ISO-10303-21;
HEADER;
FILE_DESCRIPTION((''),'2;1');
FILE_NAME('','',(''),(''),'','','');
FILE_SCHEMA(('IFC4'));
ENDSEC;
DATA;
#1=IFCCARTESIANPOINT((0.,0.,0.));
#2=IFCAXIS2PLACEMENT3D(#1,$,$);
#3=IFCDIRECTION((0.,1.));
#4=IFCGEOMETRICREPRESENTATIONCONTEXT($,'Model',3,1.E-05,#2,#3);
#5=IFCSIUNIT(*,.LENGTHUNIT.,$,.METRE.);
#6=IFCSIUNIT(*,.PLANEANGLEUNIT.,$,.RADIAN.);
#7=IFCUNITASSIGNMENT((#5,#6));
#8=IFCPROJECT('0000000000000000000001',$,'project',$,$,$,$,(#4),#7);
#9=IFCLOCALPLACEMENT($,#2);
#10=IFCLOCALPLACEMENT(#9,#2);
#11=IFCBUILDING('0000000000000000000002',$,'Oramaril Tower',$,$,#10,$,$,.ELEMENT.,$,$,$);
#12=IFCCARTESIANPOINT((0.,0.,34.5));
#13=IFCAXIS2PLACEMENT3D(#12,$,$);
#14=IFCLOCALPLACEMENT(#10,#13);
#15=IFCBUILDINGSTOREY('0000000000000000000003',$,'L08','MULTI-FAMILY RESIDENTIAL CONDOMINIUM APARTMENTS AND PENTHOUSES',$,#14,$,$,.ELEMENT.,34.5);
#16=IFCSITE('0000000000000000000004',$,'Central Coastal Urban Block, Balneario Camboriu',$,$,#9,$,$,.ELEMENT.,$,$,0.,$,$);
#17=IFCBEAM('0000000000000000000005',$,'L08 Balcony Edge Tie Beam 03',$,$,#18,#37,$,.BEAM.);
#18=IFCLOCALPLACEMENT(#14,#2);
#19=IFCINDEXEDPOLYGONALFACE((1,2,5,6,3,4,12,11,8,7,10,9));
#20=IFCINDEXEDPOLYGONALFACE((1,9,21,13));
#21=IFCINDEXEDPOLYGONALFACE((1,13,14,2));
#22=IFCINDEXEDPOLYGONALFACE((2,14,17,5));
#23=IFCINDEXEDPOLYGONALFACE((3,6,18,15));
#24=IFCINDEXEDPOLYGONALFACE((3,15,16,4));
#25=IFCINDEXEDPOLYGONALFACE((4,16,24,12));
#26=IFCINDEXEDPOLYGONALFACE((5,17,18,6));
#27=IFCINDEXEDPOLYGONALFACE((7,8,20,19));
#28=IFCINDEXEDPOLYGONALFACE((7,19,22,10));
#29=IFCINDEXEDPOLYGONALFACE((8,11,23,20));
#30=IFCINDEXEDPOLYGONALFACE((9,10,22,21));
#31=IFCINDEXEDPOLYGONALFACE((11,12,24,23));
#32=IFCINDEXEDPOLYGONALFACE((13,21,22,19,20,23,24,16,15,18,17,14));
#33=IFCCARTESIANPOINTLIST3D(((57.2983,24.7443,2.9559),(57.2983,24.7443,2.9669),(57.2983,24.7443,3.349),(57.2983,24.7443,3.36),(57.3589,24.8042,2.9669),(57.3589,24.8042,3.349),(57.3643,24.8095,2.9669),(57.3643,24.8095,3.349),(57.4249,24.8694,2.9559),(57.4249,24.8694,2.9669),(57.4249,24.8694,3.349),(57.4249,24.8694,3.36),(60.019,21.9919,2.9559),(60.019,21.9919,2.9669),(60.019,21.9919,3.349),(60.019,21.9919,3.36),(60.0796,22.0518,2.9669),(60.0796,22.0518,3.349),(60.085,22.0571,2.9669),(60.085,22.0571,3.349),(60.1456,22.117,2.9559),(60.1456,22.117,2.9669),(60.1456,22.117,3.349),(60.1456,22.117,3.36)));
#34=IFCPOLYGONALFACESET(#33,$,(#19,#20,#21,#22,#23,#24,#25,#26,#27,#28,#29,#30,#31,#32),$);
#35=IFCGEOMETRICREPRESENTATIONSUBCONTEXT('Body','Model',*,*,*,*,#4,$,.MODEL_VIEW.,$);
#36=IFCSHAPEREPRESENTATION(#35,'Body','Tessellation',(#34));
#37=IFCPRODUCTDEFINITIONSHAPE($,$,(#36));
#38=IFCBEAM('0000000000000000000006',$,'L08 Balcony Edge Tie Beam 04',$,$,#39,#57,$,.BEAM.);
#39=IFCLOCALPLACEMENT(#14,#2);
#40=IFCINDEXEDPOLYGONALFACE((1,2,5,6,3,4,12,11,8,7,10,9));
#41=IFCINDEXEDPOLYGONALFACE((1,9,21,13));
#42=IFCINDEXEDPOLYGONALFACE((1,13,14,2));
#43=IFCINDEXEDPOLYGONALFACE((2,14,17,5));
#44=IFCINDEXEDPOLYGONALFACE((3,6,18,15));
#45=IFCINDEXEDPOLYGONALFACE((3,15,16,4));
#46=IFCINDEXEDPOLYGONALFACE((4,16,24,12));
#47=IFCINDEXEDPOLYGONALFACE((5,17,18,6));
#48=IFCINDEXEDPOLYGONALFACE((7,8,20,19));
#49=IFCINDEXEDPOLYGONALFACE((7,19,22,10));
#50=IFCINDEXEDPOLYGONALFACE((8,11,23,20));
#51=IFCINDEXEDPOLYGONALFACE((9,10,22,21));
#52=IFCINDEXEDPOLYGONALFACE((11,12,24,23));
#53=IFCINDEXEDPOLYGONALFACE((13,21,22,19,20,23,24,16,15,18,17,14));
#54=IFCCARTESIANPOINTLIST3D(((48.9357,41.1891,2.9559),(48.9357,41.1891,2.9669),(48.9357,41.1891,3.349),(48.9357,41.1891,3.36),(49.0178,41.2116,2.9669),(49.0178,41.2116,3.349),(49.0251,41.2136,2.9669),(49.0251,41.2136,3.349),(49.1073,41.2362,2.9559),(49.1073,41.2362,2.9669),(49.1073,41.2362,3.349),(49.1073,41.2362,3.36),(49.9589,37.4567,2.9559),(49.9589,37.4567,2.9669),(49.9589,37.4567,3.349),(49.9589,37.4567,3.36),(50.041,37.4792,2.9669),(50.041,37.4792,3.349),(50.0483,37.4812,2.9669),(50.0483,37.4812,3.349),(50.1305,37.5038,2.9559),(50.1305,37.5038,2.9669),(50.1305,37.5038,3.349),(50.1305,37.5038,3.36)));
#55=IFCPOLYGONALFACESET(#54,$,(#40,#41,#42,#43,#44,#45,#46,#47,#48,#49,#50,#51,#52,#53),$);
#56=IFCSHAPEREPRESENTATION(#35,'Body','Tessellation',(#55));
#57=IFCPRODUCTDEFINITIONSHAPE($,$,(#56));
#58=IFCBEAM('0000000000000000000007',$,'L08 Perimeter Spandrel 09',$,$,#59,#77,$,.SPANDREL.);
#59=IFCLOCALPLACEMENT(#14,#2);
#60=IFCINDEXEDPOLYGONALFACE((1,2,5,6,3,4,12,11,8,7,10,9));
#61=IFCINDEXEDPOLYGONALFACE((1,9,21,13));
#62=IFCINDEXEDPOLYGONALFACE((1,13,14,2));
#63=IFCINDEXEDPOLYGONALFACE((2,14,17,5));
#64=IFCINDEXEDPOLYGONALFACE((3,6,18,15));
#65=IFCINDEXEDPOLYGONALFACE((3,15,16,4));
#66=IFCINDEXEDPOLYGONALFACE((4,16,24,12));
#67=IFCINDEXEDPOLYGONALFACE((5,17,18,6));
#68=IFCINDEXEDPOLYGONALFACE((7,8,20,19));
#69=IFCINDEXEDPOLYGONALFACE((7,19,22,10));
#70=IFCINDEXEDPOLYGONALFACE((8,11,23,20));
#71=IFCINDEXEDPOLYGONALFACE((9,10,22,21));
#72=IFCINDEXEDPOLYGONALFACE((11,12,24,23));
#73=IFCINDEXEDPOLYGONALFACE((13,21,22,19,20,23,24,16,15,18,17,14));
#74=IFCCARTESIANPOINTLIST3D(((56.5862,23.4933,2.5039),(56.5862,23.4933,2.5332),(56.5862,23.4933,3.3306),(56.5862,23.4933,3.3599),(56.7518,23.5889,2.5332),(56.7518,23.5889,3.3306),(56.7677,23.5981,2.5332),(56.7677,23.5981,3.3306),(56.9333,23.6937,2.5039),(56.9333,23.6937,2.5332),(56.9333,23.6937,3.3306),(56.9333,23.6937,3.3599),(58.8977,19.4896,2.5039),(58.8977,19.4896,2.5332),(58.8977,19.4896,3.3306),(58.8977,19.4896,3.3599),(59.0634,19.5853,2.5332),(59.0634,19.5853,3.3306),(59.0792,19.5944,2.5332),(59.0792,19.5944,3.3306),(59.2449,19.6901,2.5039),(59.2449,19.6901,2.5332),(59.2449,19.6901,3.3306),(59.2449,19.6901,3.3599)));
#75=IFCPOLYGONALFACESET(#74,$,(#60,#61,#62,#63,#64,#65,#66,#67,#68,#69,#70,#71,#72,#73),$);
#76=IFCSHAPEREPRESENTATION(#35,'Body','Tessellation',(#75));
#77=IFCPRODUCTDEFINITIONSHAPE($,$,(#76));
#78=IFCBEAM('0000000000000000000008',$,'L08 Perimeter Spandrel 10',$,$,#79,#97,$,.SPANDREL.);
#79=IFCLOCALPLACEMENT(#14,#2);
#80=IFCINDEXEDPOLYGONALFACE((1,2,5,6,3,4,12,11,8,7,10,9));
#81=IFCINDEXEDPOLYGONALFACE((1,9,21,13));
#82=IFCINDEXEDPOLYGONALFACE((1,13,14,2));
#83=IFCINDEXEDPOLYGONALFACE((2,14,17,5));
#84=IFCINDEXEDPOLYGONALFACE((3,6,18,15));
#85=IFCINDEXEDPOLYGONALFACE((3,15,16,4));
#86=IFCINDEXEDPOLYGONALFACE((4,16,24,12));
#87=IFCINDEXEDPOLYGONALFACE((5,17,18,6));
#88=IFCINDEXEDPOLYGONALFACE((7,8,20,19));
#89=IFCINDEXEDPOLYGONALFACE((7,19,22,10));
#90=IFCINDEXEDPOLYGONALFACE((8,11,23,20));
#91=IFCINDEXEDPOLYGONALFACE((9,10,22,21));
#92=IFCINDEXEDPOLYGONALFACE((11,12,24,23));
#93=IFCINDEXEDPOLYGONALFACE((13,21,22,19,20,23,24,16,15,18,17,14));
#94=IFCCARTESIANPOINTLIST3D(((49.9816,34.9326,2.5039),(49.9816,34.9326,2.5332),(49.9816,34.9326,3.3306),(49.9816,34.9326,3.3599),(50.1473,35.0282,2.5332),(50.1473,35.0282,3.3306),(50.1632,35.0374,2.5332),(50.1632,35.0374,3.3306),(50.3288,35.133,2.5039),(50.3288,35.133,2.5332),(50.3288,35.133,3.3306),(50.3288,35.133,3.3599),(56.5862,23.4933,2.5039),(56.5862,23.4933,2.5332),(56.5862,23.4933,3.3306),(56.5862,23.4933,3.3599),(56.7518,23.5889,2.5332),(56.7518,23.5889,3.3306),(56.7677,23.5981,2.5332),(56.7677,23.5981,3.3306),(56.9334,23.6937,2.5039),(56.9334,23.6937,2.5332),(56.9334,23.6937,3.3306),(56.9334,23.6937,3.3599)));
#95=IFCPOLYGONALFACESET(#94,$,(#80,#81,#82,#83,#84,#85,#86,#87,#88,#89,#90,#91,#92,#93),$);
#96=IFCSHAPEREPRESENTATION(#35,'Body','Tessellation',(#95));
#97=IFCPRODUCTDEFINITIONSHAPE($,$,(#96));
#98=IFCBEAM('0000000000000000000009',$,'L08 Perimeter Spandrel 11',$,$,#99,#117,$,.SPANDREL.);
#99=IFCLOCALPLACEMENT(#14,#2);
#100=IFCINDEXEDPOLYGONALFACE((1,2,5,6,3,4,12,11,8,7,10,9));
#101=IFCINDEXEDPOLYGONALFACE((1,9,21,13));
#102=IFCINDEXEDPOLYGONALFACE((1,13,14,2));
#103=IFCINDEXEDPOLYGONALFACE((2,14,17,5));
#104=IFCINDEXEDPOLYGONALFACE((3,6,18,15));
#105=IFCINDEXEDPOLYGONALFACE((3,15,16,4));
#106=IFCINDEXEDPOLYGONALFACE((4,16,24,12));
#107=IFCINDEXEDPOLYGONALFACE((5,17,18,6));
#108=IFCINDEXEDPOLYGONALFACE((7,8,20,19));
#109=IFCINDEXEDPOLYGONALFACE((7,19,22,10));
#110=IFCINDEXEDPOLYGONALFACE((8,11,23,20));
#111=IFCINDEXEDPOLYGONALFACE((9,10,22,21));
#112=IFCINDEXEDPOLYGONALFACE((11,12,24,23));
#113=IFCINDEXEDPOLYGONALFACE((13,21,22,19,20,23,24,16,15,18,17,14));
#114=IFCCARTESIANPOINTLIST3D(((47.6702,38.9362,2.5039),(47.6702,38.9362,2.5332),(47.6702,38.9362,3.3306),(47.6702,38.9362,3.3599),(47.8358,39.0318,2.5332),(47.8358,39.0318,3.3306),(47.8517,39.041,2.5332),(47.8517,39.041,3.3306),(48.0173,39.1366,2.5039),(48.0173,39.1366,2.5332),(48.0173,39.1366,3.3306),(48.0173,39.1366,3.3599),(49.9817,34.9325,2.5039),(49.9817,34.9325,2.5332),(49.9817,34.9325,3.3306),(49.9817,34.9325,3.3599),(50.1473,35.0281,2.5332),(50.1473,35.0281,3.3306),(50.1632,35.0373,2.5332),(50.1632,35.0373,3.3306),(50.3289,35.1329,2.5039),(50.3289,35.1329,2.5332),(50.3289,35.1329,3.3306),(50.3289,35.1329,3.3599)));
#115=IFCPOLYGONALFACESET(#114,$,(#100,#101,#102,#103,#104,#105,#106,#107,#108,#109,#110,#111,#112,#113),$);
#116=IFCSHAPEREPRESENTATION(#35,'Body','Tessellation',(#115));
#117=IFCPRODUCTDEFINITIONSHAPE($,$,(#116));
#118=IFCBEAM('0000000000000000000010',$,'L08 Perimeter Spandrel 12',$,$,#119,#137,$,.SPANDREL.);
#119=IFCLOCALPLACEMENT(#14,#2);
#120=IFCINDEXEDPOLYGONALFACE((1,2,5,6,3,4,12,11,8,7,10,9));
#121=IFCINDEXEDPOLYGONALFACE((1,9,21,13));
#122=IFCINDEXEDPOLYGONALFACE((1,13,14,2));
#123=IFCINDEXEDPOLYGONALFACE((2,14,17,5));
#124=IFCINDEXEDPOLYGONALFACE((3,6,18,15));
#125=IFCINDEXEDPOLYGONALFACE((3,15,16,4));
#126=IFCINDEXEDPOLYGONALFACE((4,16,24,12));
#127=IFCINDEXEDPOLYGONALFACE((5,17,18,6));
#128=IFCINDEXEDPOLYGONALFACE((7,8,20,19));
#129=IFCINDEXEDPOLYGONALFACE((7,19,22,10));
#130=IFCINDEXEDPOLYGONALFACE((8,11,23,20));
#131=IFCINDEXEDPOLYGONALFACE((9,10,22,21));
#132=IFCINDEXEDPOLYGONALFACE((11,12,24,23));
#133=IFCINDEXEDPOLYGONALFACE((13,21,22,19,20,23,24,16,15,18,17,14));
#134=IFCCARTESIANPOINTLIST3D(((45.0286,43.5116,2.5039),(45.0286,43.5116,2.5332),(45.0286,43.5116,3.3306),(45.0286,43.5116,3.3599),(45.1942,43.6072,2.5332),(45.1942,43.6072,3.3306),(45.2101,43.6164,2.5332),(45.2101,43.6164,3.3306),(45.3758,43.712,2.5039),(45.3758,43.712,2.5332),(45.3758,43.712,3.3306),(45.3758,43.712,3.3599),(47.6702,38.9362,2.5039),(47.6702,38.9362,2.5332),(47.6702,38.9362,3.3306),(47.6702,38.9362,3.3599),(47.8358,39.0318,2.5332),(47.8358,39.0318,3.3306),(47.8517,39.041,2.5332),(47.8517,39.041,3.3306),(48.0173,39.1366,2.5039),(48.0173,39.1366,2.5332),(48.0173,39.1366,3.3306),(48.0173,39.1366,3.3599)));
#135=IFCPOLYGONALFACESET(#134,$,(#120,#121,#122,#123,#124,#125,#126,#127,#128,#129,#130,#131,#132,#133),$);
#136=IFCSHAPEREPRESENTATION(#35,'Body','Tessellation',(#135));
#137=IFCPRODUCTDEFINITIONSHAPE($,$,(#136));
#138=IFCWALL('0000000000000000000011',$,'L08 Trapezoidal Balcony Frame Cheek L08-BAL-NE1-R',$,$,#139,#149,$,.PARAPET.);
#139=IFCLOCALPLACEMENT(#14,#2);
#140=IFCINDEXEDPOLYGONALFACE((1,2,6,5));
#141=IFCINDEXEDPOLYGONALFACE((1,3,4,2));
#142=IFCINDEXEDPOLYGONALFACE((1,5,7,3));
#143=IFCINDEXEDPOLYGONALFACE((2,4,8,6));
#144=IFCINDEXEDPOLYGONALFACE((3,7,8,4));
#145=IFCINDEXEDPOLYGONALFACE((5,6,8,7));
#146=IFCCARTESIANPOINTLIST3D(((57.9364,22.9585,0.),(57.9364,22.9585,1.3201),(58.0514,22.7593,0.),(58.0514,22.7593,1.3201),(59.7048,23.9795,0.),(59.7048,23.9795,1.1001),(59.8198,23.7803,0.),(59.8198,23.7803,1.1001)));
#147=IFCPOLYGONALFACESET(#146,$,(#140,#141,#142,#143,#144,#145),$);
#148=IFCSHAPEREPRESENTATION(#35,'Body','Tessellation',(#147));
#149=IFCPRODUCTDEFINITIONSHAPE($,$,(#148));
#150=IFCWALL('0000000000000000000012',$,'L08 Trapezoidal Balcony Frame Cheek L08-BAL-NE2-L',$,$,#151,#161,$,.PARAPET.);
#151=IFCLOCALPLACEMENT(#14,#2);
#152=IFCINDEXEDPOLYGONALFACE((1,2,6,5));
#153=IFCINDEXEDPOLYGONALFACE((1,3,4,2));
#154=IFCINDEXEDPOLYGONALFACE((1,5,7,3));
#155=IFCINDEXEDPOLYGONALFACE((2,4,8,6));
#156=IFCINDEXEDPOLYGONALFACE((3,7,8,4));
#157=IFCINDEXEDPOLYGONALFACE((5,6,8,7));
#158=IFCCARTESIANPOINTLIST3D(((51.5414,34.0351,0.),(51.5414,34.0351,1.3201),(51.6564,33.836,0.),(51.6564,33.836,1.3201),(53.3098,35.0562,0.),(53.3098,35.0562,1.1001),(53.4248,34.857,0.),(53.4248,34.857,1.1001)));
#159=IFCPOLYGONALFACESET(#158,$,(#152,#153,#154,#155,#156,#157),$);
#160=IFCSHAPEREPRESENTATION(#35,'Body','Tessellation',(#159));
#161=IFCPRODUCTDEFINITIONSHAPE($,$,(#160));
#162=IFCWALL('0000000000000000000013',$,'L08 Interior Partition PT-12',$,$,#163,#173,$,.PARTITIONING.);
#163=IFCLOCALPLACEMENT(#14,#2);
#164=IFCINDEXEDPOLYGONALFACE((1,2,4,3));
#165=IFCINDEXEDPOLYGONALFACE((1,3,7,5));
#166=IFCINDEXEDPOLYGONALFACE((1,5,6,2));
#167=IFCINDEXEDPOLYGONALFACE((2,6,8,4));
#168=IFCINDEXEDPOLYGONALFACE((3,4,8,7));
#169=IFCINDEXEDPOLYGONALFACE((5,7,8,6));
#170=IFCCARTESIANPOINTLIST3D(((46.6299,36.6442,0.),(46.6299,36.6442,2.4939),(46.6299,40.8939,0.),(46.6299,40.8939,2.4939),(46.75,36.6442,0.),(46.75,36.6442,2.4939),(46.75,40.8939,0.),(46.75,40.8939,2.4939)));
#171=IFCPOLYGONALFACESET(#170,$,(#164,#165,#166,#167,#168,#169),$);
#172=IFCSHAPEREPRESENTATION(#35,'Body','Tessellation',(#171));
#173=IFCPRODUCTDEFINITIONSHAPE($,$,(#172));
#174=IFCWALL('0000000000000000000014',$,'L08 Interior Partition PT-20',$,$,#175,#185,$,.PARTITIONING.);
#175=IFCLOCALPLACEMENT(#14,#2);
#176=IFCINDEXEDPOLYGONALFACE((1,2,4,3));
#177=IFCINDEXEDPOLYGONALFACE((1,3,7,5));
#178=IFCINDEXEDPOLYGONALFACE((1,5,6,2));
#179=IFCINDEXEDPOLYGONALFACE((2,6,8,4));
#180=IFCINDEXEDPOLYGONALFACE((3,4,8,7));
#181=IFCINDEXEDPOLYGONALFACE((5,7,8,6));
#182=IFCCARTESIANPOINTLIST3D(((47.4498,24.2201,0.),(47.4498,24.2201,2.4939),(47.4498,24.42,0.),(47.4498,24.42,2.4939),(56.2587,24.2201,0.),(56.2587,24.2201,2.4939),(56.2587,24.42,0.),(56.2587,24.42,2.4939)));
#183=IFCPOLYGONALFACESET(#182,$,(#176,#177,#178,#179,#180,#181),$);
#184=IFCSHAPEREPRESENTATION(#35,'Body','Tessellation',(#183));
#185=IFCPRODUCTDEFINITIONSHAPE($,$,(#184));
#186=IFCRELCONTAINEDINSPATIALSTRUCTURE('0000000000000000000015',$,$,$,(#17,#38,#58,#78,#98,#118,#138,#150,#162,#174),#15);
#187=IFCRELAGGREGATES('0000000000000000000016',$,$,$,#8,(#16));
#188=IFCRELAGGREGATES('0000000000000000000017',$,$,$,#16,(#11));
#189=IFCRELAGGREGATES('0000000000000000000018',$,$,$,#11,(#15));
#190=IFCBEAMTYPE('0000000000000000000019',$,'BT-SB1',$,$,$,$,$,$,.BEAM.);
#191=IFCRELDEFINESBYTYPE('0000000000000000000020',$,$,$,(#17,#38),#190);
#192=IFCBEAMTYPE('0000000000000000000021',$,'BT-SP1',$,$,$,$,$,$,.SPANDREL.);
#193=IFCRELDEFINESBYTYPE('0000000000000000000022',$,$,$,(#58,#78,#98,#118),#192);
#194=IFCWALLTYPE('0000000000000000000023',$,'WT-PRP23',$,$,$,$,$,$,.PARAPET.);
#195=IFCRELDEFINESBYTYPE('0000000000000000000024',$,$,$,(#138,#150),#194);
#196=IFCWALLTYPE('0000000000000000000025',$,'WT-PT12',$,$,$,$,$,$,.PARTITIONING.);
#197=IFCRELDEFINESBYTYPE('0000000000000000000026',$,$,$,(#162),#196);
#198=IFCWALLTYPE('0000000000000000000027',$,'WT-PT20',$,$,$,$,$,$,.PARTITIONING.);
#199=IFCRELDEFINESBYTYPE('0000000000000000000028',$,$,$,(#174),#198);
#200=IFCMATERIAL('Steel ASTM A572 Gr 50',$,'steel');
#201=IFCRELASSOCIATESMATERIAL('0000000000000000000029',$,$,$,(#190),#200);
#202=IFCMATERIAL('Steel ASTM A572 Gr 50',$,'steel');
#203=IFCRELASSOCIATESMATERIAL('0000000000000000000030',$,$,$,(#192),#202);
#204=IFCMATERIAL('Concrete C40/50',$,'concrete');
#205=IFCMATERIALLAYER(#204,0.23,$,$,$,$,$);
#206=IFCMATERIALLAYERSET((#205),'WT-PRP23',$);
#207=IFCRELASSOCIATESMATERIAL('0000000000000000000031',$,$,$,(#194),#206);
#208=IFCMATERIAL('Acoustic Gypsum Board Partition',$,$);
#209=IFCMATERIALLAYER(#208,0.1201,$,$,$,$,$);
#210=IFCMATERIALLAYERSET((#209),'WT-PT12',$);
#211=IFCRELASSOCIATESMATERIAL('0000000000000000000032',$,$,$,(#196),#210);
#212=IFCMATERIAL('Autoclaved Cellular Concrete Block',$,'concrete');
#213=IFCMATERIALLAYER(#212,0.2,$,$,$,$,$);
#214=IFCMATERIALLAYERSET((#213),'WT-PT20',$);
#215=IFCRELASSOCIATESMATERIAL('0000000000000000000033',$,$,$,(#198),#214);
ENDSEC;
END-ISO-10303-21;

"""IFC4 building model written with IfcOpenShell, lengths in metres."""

from ifc_helpers import new_model, si_unit, direction, frame, frame_2d, origin, origin_2d, place, context, subcontext, project, spatial, polyline, rectangle, i_section, outline, extrude, material, layer, layer_set, material_profile, profile_set, type_object, element, save


model = new_model("IFC4")

# Units and contexts
model_context = context("Model", 3, precision=1e-05, world=origin(), true_north=direction((0.0, 1.0)))
body_context = subcontext(model_context, "Body", "Model", "MODEL_VIEW")
ifc_project = project(units=[si_unit("LENGTHUNIT", "METRE"), si_unit("PLANEANGLEUNIT", "RADIAN")], contexts=[model_context])

# Site, building, storey
site_placement = place(None, origin())
site = spatial("IfcSite", under=ifc_project, at=site_placement, Name="Central Coastal Urban Block, Balneario Camboriu", CompositionType="ELEMENT", RefElevation=0.0)
building_placement = place(site_placement, origin())
building = spatial("IfcBuilding", under=site, at=building_placement, Name="Oramaril Tower", CompositionType="ELEMENT")
storey_placement = place(building_placement, frame((0.0, 0.0, 34.5)))
storey = spatial("IfcBuildingStorey", under=building, at=storey_placement, Name="L08", Description="MULTI-FAMILY RESIDENTIAL CONDOMINIUM APARTMENTS AND PENTHOUSES", CompositionType="ELEMENT", Elevation=34.5)

# Beams
ifc_material_1 = material(Name="Steel ASTM A572 Gr 50", Category="steel")
ifc_material_profile_1 = material_profile(ifc_material_1, i_section(OverallWidth=0.178, OverallDepth=0.4041, WebThickness=0.0076, FlangeThickness=0.011, at=origin_2d()), Name="W16X36")
ifc_profile_set_1 = profile_set([ifc_material_profile_1], Name="Steel ASTM A572 Gr 50")
beam_type_1 = type_object("IfcBeamType", Name="BT-SB1", PredefinedType="BEAM", material=ifc_profile_set_1)
for number, where, z_axis, x_axis, name in (
    (1, (60.0823, 22.0544, 3.158), (-0.702995, 0.711195, 0.0), (-0.711195, -0.702995, 0.0), "L08 Balcony Edge Tie Beam 03"),
    (2, (50.0447, 37.4802, 3.158), (-0.264382, 0.964418, 0.0), (-0.964418, -0.264382, 0.0), "L08 Balcony Edge Tie Beam 04"),
):
    element("IfcBeam", number, at=place(storey_placement, frame(where, z_axis=z_axis, x_axis=x_axis)), inside=storey, type_object=beam_type_1, Name=name, PredefinedType="BEAM", context=body_context, shape_type="SweptSolid", body=[
        extrude(i_section(OverallWidth=0.178, OverallDepth=0.4041, WebThickness=0.0076, FlangeThickness=0.011, at=origin_2d()), origin(), (0.0, 0.0, 1.0), 3.8701),
    ])
ifc_material_2 = material(Name="Steel ASTM A572 Gr 50", Category="steel")
ifc_material_profile_2 = material_profile(ifc_material_2, i_section(OverallWidth=0.4009, OverallDepth=0.856, WebThickness=0.0183, FlangeThickness=0.0293, at=origin_2d()), Name="W33X201")
ifc_profile_set_2 = profile_set([ifc_material_profile_2], Name="Steel ASTM A572 Gr 50")
beam_type_2 = type_object("IfcBeamType", Name="BT-SP1", PredefinedType="SPANDREL", material=ifc_profile_set_2)
beam_1_placement = place(storey_placement, frame((59.0713, 19.5898, 2.9319), z_axis=(-0.500001, 0.866025, 0.0), x_axis=(-0.866025, -0.500001, 0.0)))
element("IfcBeam", 3, at=beam_1_placement, inside=storey, type_object=beam_type_2, Name="L08 Perimeter Spandrel 09", PredefinedType="SPANDREL", context=body_context, shape_type="SweptSolid", body=[
    extrude(i_section(OverallWidth=0.4009, OverallDepth=0.856, WebThickness=0.0183, FlangeThickness=0.0293, at=origin_2d()), origin(), (0.0, 0.0, 1.0), 4.623),
])
beam_2_placement = place(storey_placement, frame((56.7598, 23.5935, 2.9319), z_axis=(-0.500004, 0.866023, 0.0), x_axis=(-0.866023, -0.500004, 0.0)))
element("IfcBeam", 4, at=beam_2_placement, inside=storey, type_object=beam_type_2, Name="L08 Perimeter Spandrel 10", PredefinedType="SPANDREL", context=body_context, shape_type="SweptSolid", body=[
    extrude(i_section(OverallWidth=0.4009, OverallDepth=0.856, WebThickness=0.0183, FlangeThickness=0.0293, at=origin_2d()), origin(), (0.0, 0.0, 1.0), 13.209),
])
beam_3_placement = place(storey_placement, frame((50.1553, 35.0327, 2.9319), z_axis=(-0.500001, 0.866025, 0.0), x_axis=(-0.866025, -0.500001, 0.0)))
element("IfcBeam", 5, at=beam_3_placement, inside=storey, type_object=beam_type_2, Name="L08 Perimeter Spandrel 11", PredefinedType="SPANDREL", context=body_context, shape_type="SweptSolid", body=[
    extrude(i_section(OverallWidth=0.4009, OverallDepth=0.856, WebThickness=0.0183, FlangeThickness=0.0293, at=origin_2d()), origin(), (0.0, 0.0, 1.0), 4.623),
])
beam_4_placement = place(storey_placement, frame((47.8438, 39.0364, 2.9319), z_axis=(-0.499996, 0.866028, 0.0), x_axis=(-0.866028, -0.499996, 0.0)))
element("IfcBeam", 6, at=beam_4_placement, inside=storey, type_object=beam_type_2, Name="L08 Perimeter Spandrel 12", PredefinedType="SPANDREL", context=body_context, shape_type="SweptSolid", body=[
    extrude(i_section(OverallWidth=0.4009, OverallDepth=0.856, WebThickness=0.0183, FlangeThickness=0.0293, at=origin_2d()), origin(), (0.0, 0.0, 1.0), 5.2832),
])

# Walls
ifc_material_3 = material(Name="Concrete C40/50", Category="concrete")
ifc_layer_1 = layer(ifc_material_3, 0.23)
ifc_layer_set_1 = layer_set([ifc_layer_1], Name="WT-PRP23")
wall_type_1 = type_object("IfcWallType", Name="WT-PRP23", PredefinedType="PARAPET", material=ifc_layer_set_1)
for number, where, z_axis, x_axis, name in (
    (7, (57.9939, 22.8589, 0.0), (0.0, 0.0, 1.0), (0.866012, 0.500023, 0.0), "L08 Trapezoidal Balcony Frame Cheek L08-BAL-NE1-R"),
    (8, (51.5989, 33.9355, 0.0), (0.0, 0.0, 1.0), (0.866012, 0.500023, 0.0), "L08 Trapezoidal Balcony Frame Cheek L08-BAL-NE2-L"),
):
    element("IfcWall", number, at=place(storey_placement, frame(where, z_axis=z_axis, x_axis=x_axis)), inside=storey, type_object=wall_type_1, Name=name, PredefinedType="PARAPET", context=body_context, shape_type="SweptSolid", body=[
        extrude(outline(polyline([(0.0, 0.0), (2.042, 0.0), (2.042, 1.1001), (0.0, 1.3201), (0.0, 0.0)])), frame((0.0, 0.115, 0.0), z_axis=(0.0, -1.0, 0.0), x_axis=(1.0, 0.0, 0.0)), (0.0, 0.0, 1.0), 0.23),
    ])
ifc_material_4 = material(Name="Acoustic Gypsum Board Partition")
ifc_layer_2 = layer(ifc_material_4, 0.1201)
ifc_layer_set_2 = layer_set([ifc_layer_2], Name="WT-PT12")
wall_type_2 = type_object("IfcWallType", Name="WT-PT12", PredefinedType="PARTITIONING", material=ifc_layer_set_2)
wall_1_placement = place(storey_placement, frame((46.6899, 36.644, 0.0), z_axis=(0.0, 0.0, 1.0), x_axis=(0.0, 1.0, 0.0)))
element("IfcWall", 9, at=wall_1_placement, inside=storey, type_object=wall_type_2, Name="L08 Interior Partition PT-12", PredefinedType="PARTITIONING", context=body_context, shape_type="SweptSolid", body=[
    extrude(rectangle(XDim=4.2498, YDim=0.1201, at=frame_2d((2.125, 0.0))), origin(), (0.0, 0.0, 1.0), 2.4939),
])
ifc_material_5 = material(Name="Autoclaved Cellular Concrete Block", Category="concrete")
ifc_layer_3 = layer(ifc_material_5, 0.2)
ifc_layer_set_3 = layer_set([ifc_layer_3], Name="WT-PT20")
wall_type_3 = type_object("IfcWallType", Name="WT-PT20", PredefinedType="PARTITIONING", material=ifc_layer_set_3)
wall_2_placement = place(storey_placement, frame((47.45, 24.3201, 0.0), z_axis=(0.0, 0.0, 1.0), x_axis=(1.0, 0.0, 0.0)))
element("IfcWall", 10, at=wall_2_placement, inside=storey, type_object=wall_type_3, Name="L08 Interior Partition PT-20", PredefinedType="PARTITIONING", context=body_context, shape_type="SweptSolid", body=[
    extrude(rectangle(XDim=8.8088, YDim=0.2, at=frame_2d((4.4043, 0.0))), origin(), (0.0, 0.0, 1.0), 2.4939),
])

save(model, "model.ifc")
